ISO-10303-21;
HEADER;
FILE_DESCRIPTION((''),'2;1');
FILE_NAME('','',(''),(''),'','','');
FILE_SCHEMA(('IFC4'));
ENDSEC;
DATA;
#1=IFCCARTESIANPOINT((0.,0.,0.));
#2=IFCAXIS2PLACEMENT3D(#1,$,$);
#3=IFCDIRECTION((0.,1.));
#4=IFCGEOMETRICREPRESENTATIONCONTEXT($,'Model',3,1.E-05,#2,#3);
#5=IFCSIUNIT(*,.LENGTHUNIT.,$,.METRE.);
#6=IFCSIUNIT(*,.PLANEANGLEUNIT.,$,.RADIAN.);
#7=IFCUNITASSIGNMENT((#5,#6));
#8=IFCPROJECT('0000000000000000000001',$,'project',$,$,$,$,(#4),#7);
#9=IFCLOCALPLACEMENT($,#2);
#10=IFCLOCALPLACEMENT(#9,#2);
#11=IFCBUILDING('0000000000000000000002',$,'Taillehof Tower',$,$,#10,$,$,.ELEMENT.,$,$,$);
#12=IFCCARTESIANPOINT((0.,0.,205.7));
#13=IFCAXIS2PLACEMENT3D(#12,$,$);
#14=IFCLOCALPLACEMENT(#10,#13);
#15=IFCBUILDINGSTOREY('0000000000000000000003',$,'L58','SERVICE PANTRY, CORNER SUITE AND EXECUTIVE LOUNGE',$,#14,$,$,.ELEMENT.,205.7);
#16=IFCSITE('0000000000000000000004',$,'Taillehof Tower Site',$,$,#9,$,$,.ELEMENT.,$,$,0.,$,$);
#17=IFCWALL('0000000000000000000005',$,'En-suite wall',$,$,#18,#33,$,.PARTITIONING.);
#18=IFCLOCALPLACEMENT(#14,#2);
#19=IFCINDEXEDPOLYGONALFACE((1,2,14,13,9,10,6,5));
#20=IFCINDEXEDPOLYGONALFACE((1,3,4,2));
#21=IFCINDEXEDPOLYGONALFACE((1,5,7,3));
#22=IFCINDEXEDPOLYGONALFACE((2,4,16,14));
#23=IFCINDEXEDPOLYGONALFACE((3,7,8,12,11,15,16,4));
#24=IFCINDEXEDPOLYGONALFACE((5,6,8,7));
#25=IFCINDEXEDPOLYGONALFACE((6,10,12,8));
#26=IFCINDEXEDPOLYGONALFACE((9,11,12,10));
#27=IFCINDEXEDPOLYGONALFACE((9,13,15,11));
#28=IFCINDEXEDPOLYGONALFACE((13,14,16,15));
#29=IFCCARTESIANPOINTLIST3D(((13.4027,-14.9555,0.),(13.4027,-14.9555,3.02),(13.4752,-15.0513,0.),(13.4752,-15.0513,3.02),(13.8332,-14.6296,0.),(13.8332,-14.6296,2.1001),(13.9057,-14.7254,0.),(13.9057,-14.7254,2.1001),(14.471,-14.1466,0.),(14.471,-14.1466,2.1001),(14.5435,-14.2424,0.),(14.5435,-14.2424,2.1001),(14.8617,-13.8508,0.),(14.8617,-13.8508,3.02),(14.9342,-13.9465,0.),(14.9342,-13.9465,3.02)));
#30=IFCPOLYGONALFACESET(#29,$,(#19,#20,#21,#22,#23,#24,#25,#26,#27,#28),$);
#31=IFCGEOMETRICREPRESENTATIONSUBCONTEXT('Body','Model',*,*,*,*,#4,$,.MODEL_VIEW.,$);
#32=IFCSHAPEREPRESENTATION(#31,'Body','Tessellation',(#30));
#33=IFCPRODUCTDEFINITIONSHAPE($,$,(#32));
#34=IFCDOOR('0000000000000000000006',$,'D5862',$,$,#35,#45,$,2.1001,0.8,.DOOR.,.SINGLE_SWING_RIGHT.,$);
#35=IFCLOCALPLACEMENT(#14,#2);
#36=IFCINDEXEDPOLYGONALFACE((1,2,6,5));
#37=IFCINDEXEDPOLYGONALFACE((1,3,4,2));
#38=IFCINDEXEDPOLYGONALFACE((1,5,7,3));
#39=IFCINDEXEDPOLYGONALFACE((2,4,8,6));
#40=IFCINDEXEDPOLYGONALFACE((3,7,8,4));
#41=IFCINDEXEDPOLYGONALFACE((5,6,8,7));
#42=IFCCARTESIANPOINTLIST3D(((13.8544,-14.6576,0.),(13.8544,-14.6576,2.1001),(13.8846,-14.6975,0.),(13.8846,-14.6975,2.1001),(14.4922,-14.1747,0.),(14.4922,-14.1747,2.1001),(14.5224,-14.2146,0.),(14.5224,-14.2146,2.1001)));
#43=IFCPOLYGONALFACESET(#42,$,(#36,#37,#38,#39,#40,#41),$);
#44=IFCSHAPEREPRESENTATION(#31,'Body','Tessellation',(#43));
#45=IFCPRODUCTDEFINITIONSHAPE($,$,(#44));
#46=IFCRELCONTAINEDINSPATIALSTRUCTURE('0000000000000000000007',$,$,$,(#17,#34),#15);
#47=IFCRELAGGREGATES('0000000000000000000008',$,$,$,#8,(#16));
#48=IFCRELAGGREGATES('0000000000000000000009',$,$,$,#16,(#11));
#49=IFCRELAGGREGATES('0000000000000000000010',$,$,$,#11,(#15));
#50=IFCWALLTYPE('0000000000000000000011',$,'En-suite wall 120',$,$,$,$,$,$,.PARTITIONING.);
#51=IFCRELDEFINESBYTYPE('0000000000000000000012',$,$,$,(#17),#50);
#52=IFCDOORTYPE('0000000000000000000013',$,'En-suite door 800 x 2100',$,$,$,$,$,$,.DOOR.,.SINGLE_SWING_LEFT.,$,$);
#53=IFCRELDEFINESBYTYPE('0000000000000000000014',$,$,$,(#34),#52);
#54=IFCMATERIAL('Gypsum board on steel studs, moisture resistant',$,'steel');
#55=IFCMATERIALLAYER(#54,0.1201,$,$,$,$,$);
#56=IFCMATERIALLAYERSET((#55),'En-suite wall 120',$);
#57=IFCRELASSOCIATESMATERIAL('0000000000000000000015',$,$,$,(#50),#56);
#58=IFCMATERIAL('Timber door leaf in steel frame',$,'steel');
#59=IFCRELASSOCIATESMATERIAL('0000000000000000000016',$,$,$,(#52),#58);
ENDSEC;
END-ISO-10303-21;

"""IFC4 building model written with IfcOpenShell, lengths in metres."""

from ifc_helpers import new_model, si_unit, direction, frame, frame_2d, origin, place, context, subcontext, project, spatial, rectangle, extrude, material, layer, layer_set, type_object, element, fill, save


model = new_model("IFC4")

# Units and contexts
model_context = context("Model", 3, precision=1e-05, world=origin(), true_north=direction((0.0, 1.0)))
body_context = subcontext(model_context, "Body", "Model", "MODEL_VIEW")
ifc_project = project(units=[si_unit("LENGTHUNIT", "METRE"), si_unit("PLANEANGLEUNIT", "RADIAN")], contexts=[model_context])

# Site, building, storey
site_placement = place(None, origin())
site = spatial("IfcSite", under=ifc_project, at=site_placement, Name="Taillehof Tower Site", CompositionType="ELEMENT", RefElevation=0.0)
building_placement = place(site_placement, origin())
building = spatial("IfcBuilding", under=site, at=building_placement, Name="Taillehof Tower", CompositionType="ELEMENT")
storey_placement = place(building_placement, frame((0.0, 0.0, 205.7)))
storey = spatial("IfcBuildingStorey", under=building, at=storey_placement, Name="L58", Description="SERVICE PANTRY, CORNER SUITE AND EXECUTIVE LOUNGE", CompositionType="ELEMENT", Elevation=205.7)

# Shared definitions
ifc_material_1 = material(Name="Gypsum board on steel studs, moisture resistant", Category="steel")
ifc_layer_1 = layer(ifc_material_1, 0.1201)
ifc_layer_set_1 = layer_set([ifc_layer_1], Name="En-suite wall 120")
wall_type_1 = type_object("IfcWallType", Name="En-suite wall 120", PredefinedType="PARTITIONING", material=ifc_layer_set_1)

# Wall, opening, door
wall_1_placement = place(storey_placement, frame((13.439, -15.0034, 0.0), z_axis=(0.0, 0.0, 1.0), x_axis=(0.797238, 0.603665, 0.0)))
wall_1 = element("IfcWall", 1, at=wall_1_placement, inside=storey, type_object=wall_type_1, Name="En-suite wall", PredefinedType="PARTITIONING", context=body_context, shape_type="SweptSolid", body=[
    extrude(rectangle(XDim=1.8301, YDim=0.1201, at=frame_2d((0.915, 0.0))), origin(), (0.0, 0.0, 1.0), 3.02),
])
opening_1_placement = place(wall_1_placement, frame((0.54, 0.0, 0.0)))
opening_1 = element("IfcOpeningElement", 2, at=opening_1_placement, cuts=wall_1, PredefinedType="OPENING", context=body_context, shape_type="SweptSolid", body=[
    extrude(rectangle(XDim=0.8, YDim=2.1001, at=frame_2d((0.3999, 1.05))), frame((0.0, 0.0701, 0.0), z_axis=(0.0, -1.0, 0.0), x_axis=(1.0, 0.0, 0.0)), (0.0, 0.0, 1.0), 0.1401),
])
ifc_material_2 = material(Name="Timber door leaf in steel frame", Category="steel")
door_type_1 = type_object("IfcDoorType", Name="En-suite door 800 x 2100", OperationType="SINGLE_SWING_LEFT", PredefinedType="DOOR", material=ifc_material_2)
door_1_placement = place(opening_1_placement, origin())
door_1 = element("IfcDoor", 3, at=door_1_placement, inside=storey, type_object=door_type_1, Name="D5862", OperationType="SINGLE_SWING_RIGHT", OverallHeight=2.1001, OverallWidth=0.8, PredefinedType="DOOR", context=body_context, shape_type="SweptSolid", body=[
    extrude(rectangle(XDim=0.8, YDim=2.1001, at=frame_2d((0.3999, 1.05))), frame((0.0, 0.0249, 0.0), z_axis=(0.0, -1.0, 0.0), x_axis=(1.0, 0.0, 0.0)), (0.0, 0.0, 1.0), 0.05),
])
fill(opening_1, door_1)

save(model, "model.ifc")
